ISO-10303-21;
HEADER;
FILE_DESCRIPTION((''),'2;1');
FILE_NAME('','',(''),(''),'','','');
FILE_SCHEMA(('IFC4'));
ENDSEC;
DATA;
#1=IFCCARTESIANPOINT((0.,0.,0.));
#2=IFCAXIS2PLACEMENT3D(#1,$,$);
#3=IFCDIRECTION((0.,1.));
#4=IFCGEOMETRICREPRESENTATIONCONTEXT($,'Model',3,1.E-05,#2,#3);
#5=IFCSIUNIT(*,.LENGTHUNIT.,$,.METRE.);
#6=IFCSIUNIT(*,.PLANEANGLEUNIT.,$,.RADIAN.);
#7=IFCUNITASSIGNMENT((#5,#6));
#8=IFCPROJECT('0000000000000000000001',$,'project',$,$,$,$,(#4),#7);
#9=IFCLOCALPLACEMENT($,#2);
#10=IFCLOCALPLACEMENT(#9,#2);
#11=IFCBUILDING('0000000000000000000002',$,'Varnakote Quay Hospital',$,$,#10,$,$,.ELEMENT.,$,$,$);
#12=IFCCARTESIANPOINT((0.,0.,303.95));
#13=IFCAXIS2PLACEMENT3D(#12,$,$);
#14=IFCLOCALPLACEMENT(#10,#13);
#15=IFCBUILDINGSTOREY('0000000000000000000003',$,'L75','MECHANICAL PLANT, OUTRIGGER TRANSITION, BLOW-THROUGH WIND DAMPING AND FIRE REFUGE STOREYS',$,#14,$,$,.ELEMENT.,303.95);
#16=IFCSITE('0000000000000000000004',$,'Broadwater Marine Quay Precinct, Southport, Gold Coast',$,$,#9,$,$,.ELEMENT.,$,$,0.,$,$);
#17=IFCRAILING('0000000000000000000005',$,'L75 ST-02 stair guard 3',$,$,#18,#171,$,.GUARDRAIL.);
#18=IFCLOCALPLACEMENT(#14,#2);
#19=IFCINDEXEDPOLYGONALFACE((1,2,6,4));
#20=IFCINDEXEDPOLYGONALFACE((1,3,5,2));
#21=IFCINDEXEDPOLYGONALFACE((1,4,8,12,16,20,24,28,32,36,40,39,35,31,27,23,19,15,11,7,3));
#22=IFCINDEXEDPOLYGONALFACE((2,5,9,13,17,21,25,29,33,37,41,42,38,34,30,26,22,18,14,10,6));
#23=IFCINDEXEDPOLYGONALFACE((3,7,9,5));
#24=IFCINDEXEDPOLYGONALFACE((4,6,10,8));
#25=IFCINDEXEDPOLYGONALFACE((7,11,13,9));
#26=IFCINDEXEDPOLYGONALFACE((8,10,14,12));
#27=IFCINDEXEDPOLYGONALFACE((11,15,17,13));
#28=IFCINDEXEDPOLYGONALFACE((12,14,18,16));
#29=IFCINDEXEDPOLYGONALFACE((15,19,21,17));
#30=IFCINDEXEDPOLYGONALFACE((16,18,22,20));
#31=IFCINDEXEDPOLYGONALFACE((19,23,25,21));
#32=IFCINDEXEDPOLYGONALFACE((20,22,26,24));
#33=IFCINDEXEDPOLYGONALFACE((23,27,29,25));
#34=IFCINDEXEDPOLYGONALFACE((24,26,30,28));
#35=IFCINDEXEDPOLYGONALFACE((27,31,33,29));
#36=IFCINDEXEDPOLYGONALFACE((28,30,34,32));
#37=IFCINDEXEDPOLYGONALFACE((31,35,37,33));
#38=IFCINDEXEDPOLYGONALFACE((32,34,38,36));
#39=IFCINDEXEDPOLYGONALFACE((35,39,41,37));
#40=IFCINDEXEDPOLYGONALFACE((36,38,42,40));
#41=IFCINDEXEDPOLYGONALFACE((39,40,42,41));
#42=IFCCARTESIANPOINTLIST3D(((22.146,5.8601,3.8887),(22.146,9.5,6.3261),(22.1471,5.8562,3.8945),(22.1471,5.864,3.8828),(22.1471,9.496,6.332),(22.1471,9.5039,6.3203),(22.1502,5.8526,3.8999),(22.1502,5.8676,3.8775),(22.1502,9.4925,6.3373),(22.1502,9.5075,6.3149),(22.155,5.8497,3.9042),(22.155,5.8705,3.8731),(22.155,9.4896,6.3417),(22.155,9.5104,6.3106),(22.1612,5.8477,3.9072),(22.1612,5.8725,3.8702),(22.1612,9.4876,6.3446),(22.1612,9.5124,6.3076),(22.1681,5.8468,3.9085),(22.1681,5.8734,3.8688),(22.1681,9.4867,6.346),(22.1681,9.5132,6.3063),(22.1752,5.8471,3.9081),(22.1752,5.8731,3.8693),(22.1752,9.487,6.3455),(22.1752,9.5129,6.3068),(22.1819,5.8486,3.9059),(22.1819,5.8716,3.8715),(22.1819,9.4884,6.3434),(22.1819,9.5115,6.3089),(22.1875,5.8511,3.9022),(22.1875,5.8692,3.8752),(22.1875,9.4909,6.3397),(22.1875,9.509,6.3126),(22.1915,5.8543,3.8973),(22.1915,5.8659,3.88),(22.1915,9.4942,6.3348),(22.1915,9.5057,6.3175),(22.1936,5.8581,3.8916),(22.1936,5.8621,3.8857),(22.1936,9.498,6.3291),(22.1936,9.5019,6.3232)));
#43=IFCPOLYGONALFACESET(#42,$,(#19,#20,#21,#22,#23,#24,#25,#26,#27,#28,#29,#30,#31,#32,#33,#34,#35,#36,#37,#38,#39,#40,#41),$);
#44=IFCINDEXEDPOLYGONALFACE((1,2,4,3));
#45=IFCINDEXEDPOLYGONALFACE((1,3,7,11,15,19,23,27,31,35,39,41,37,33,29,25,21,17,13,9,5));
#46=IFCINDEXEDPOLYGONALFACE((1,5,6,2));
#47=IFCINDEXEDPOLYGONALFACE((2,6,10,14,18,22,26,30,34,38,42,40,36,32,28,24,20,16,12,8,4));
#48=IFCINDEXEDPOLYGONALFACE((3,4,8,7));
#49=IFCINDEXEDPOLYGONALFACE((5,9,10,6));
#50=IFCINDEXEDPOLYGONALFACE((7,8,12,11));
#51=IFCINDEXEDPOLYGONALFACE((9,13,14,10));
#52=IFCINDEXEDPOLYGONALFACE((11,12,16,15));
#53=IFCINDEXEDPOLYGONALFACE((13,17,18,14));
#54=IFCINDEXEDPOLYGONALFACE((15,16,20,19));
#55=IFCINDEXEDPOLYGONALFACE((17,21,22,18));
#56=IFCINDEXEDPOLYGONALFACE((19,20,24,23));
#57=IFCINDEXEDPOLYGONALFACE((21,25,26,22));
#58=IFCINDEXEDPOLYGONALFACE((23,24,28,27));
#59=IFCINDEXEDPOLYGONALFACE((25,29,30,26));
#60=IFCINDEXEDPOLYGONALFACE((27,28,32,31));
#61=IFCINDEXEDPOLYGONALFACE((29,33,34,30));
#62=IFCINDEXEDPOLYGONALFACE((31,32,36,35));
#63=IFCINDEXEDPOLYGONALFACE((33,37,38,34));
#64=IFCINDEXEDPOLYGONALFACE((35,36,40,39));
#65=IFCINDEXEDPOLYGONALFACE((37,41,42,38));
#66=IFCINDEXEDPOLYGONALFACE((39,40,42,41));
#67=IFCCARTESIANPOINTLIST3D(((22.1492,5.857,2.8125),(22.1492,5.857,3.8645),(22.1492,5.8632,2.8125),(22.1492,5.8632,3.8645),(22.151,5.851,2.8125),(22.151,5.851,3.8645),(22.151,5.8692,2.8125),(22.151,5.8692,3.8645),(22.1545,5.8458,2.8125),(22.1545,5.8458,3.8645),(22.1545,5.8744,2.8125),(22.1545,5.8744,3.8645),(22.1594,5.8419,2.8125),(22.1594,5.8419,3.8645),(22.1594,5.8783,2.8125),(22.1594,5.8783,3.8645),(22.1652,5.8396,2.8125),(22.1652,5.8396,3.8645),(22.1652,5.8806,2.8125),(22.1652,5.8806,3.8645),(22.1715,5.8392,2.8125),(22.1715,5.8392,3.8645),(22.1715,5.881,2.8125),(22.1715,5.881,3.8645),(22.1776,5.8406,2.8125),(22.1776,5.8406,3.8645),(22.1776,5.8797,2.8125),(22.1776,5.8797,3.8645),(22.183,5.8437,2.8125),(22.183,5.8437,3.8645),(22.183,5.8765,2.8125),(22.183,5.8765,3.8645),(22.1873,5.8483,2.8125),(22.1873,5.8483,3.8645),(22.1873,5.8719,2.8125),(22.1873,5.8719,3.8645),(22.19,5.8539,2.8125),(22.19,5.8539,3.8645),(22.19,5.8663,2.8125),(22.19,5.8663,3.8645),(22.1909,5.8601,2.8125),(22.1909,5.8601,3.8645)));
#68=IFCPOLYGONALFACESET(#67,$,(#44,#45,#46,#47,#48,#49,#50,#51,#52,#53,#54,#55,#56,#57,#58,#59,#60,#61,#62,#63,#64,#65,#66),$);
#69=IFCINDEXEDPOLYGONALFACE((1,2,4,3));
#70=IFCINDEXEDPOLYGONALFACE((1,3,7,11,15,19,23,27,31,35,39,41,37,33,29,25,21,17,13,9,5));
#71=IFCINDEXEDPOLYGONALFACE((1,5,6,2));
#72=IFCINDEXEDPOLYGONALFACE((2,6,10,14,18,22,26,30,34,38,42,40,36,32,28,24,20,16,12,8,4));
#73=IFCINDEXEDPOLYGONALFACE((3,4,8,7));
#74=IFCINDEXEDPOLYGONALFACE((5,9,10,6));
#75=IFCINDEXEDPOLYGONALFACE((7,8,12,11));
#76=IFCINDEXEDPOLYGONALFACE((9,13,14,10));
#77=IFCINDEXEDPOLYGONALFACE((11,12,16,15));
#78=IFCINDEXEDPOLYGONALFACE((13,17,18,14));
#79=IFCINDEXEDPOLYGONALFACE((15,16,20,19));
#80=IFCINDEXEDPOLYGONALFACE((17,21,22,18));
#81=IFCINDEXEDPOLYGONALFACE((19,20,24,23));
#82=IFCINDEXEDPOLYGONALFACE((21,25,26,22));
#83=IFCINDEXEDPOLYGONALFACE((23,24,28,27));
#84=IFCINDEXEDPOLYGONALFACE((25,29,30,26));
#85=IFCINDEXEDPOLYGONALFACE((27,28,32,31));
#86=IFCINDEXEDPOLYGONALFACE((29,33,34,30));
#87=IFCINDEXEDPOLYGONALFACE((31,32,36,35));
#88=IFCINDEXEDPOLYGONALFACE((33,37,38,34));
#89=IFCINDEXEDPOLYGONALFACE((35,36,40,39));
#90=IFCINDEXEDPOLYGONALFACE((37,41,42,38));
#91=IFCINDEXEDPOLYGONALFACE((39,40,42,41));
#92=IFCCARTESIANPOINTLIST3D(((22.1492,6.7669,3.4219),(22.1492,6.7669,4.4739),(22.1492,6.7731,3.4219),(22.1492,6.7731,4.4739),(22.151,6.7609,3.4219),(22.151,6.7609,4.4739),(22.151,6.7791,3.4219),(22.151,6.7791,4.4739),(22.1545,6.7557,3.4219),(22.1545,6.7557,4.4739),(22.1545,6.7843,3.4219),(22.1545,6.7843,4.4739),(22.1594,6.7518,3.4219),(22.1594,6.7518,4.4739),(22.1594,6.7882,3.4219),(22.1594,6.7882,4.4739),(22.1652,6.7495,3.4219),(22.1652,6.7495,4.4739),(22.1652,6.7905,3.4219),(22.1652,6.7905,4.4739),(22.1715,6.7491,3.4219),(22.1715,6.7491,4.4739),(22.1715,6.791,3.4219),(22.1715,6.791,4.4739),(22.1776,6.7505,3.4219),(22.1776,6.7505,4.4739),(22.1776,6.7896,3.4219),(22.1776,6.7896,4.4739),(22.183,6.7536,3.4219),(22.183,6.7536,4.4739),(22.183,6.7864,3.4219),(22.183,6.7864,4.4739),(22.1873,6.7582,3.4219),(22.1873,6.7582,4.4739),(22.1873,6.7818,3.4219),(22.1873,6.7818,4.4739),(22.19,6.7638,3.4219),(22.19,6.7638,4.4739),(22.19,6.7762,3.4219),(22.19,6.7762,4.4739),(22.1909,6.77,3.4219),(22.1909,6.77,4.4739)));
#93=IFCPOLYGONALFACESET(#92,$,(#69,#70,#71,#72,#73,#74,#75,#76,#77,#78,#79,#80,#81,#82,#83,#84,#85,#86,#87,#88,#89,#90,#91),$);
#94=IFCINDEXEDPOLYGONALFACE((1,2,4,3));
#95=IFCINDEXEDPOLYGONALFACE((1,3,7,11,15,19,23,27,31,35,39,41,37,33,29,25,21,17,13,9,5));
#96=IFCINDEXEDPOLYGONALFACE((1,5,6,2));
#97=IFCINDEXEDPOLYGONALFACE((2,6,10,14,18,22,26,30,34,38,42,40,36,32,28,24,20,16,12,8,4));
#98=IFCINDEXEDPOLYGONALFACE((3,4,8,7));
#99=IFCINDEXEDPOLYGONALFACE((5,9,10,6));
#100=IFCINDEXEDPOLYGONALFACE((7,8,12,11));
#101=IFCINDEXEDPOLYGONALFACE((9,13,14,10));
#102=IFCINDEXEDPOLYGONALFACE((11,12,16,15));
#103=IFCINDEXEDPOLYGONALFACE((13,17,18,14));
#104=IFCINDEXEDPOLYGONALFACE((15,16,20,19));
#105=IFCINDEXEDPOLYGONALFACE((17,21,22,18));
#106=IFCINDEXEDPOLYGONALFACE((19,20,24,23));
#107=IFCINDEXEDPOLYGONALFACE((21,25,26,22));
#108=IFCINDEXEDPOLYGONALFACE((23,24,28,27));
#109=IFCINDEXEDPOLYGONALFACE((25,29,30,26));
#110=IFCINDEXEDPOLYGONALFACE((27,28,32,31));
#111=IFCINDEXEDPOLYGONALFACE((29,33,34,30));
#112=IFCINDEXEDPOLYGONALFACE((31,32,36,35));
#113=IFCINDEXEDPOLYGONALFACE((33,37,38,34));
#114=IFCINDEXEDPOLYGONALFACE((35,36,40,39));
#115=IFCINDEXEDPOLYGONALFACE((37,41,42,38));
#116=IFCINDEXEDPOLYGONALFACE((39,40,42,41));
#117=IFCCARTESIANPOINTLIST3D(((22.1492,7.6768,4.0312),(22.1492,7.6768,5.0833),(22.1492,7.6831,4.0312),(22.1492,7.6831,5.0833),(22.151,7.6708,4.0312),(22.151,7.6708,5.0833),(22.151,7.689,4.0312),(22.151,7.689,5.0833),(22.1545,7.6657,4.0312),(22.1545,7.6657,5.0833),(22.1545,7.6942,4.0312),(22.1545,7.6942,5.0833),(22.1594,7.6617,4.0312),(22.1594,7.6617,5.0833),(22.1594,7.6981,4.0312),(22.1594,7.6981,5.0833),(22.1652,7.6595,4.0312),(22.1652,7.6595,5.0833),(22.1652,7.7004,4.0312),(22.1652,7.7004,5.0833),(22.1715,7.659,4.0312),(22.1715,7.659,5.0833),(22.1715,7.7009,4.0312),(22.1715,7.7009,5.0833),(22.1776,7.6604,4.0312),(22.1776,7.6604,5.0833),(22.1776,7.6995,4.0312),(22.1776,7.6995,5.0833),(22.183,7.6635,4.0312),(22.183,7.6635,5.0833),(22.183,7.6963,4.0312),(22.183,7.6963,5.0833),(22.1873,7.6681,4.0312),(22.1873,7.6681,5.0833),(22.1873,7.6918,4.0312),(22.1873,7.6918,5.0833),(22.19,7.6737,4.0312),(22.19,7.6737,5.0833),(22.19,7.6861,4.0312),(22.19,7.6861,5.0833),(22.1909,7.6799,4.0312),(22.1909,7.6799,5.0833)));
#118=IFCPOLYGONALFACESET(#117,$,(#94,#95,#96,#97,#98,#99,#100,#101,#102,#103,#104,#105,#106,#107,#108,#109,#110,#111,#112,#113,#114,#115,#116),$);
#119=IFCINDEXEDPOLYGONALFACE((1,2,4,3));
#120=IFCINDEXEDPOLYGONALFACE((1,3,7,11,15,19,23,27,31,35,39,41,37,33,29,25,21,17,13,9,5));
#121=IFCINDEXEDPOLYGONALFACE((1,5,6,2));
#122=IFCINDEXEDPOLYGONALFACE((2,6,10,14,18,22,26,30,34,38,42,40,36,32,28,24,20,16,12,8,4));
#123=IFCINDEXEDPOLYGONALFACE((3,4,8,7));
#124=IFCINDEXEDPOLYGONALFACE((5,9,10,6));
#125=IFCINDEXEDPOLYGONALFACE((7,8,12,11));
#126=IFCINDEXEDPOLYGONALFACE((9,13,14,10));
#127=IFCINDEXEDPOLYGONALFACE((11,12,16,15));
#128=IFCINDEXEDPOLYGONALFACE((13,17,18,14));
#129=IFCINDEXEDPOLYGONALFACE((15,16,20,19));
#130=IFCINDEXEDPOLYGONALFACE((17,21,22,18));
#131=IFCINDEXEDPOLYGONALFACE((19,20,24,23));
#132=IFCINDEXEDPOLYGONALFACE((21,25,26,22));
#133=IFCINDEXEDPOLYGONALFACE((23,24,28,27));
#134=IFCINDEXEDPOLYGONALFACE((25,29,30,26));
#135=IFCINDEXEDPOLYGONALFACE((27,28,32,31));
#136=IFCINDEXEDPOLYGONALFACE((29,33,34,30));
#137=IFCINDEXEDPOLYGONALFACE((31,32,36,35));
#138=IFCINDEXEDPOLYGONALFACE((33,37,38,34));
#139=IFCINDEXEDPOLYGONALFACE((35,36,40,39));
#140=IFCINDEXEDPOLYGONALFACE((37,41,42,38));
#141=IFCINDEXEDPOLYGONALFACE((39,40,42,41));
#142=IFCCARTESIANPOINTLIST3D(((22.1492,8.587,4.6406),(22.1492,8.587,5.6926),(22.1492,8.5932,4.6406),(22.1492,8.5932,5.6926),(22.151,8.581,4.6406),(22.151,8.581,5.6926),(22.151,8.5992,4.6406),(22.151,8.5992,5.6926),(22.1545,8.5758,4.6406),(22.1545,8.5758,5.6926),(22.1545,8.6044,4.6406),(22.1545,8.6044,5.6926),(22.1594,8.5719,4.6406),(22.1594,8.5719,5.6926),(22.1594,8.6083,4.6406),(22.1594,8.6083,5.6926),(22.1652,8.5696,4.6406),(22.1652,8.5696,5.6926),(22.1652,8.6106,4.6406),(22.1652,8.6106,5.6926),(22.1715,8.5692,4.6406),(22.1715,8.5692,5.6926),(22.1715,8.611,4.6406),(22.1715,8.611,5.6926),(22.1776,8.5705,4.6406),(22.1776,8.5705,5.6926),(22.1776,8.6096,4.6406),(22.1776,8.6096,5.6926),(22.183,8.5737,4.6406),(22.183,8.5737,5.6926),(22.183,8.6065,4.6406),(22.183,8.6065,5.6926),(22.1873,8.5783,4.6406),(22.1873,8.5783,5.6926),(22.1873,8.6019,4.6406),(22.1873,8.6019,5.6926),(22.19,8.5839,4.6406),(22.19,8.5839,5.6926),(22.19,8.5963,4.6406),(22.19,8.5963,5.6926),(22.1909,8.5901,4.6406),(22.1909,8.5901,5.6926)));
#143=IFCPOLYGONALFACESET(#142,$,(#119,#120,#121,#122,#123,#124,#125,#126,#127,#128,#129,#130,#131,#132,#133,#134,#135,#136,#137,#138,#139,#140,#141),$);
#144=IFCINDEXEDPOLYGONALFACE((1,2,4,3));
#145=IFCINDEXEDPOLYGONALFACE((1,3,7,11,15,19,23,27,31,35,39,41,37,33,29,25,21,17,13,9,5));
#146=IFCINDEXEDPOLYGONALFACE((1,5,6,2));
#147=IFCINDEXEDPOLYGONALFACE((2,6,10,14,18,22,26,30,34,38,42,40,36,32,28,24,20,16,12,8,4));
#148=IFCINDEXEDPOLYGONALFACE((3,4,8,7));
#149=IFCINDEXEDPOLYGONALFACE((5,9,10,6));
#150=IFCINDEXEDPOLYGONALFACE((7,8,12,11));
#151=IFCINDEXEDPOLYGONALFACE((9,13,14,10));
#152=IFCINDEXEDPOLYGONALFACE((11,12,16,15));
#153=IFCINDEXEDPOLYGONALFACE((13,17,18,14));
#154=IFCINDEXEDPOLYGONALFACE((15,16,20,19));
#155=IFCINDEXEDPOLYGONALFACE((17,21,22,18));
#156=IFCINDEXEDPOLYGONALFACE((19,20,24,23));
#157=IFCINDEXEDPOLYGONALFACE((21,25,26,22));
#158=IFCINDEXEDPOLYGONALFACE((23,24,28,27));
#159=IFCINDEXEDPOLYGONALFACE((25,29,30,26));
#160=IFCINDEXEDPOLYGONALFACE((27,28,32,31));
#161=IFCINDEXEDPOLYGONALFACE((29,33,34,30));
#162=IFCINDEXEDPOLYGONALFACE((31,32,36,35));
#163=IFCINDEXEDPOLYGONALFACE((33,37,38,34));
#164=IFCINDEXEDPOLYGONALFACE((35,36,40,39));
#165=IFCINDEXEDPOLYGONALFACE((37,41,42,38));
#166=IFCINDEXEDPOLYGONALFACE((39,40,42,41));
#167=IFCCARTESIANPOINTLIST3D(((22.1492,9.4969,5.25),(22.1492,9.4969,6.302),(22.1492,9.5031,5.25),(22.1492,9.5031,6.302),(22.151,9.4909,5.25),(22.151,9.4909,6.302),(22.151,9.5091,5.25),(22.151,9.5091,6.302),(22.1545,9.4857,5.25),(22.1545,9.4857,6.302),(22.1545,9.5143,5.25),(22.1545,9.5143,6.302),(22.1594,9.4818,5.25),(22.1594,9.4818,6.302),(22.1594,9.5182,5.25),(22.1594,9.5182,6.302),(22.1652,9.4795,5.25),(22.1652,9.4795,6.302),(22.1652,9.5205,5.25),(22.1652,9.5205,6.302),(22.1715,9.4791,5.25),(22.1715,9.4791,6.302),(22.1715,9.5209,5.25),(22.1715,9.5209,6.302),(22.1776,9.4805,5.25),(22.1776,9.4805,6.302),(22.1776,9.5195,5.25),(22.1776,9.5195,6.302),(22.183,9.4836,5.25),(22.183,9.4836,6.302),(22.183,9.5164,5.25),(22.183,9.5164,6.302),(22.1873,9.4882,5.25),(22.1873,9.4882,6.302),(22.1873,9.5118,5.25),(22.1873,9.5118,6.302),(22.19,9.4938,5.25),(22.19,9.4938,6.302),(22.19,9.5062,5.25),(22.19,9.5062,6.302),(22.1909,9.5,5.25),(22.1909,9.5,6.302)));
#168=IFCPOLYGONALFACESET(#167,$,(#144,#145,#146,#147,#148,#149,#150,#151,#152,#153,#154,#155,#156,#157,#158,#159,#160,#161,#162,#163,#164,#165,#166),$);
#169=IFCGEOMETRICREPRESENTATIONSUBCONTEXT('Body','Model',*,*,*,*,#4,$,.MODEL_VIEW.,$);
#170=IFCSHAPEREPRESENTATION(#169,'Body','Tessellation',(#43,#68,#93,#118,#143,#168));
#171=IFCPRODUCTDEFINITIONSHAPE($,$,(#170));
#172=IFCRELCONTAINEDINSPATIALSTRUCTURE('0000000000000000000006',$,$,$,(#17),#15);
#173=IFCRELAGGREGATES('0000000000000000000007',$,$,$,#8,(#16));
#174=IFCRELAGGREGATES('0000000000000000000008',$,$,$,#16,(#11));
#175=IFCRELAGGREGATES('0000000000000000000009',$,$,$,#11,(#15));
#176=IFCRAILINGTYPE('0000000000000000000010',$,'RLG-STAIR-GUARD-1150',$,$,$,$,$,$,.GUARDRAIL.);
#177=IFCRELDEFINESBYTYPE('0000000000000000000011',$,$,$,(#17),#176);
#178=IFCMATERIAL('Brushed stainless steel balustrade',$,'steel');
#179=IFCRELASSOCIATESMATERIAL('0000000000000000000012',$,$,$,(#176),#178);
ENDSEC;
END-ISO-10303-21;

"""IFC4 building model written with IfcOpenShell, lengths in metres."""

from ifc_helpers import new_model, si_unit, direction, frame, origin, origin_2d, place, context, subcontext, project, spatial, circle, extrude, material, type_object, element, save


model = new_model("IFC4")

# Units and contexts
model_context = context("Model", 3, precision=1e-05, world=origin(), true_north=direction((0.0, 1.0)))
body_context = subcontext(model_context, "Body", "Model", "MODEL_VIEW")
ifc_project = project(units=[si_unit("LENGTHUNIT", "METRE"), si_unit("PLANEANGLEUNIT", "RADIAN")], contexts=[model_context])

# Site, building, storey
site_placement = place(None, origin())
site = spatial("IfcSite", under=ifc_project, at=site_placement, Name="Broadwater Marine Quay Precinct, Southport, Gold Coast", CompositionType="ELEMENT", RefElevation=0.0)
building_placement = place(site_placement, origin())
building = spatial("IfcBuilding", under=site, at=building_placement, Name="Varnakote Quay Hospital", CompositionType="ELEMENT")
storey_placement = place(building_placement, frame((0.0, 0.0, 303.95)))
storey = spatial("IfcBuildingStorey", under=building, at=storey_placement, Name="L75", Description="MECHANICAL PLANT, OUTRIGGER TRANSITION, BLOW-THROUGH WIND DAMPING AND FIRE REFUGE STOREYS", CompositionType="ELEMENT", Elevation=303.95)

# Railing
ifc_material_1 = material(Name="Brushed stainless steel balustrade", Category="steel")
railing_type_1 = type_object("IfcRailingType", Name="RLG-STAIR-GUARD-1150", PredefinedType="GUARDRAIL", material=ifc_material_1)
railing_1_placement = place(storey_placement, frame((22.1699, 5.8601, 2.8125)))
element("IfcRailing", 1, at=railing_1_placement, inside=storey, type_object=railing_type_1, Name="L75 ST-02 stair guard 3", PredefinedType="GUARDRAIL", context=body_context, shape_type="SweptSolid", body=[
    extrude(circle(Radius=0.0239, at=origin_2d()), frame((0.0, 0.0, 1.0762), z_axis=(0.0, 0.8309, 0.556422), x_axis=(-1.0, 0.0, 0.0)), (0.0, 0.0, 1.0), 4.3806),
    extrude(circle(Radius=0.021, at=origin_2d()), origin(), (0.0, 0.0, 1.0), 1.052),
    extrude(circle(Radius=0.021, at=origin_2d()), frame((0.0, 0.9099, 0.6094)), (0.0, 0.0, 1.0), 1.052),
    extrude(circle(Radius=0.021, at=origin_2d()), frame((0.0, 1.8198, 1.2188)), (0.0, 0.0, 1.0), 1.052),
    extrude(circle(Radius=0.021, at=origin_2d()), frame((0.0, 2.73, 1.8281)), (0.0, 0.0, 1.0), 1.052),
    extrude(circle(Radius=0.021, at=origin_2d()), frame((0.0, 3.6399, 2.4375)), (0.0, 0.0, 1.0), 1.052),
])

save(model, "model.ifc")
